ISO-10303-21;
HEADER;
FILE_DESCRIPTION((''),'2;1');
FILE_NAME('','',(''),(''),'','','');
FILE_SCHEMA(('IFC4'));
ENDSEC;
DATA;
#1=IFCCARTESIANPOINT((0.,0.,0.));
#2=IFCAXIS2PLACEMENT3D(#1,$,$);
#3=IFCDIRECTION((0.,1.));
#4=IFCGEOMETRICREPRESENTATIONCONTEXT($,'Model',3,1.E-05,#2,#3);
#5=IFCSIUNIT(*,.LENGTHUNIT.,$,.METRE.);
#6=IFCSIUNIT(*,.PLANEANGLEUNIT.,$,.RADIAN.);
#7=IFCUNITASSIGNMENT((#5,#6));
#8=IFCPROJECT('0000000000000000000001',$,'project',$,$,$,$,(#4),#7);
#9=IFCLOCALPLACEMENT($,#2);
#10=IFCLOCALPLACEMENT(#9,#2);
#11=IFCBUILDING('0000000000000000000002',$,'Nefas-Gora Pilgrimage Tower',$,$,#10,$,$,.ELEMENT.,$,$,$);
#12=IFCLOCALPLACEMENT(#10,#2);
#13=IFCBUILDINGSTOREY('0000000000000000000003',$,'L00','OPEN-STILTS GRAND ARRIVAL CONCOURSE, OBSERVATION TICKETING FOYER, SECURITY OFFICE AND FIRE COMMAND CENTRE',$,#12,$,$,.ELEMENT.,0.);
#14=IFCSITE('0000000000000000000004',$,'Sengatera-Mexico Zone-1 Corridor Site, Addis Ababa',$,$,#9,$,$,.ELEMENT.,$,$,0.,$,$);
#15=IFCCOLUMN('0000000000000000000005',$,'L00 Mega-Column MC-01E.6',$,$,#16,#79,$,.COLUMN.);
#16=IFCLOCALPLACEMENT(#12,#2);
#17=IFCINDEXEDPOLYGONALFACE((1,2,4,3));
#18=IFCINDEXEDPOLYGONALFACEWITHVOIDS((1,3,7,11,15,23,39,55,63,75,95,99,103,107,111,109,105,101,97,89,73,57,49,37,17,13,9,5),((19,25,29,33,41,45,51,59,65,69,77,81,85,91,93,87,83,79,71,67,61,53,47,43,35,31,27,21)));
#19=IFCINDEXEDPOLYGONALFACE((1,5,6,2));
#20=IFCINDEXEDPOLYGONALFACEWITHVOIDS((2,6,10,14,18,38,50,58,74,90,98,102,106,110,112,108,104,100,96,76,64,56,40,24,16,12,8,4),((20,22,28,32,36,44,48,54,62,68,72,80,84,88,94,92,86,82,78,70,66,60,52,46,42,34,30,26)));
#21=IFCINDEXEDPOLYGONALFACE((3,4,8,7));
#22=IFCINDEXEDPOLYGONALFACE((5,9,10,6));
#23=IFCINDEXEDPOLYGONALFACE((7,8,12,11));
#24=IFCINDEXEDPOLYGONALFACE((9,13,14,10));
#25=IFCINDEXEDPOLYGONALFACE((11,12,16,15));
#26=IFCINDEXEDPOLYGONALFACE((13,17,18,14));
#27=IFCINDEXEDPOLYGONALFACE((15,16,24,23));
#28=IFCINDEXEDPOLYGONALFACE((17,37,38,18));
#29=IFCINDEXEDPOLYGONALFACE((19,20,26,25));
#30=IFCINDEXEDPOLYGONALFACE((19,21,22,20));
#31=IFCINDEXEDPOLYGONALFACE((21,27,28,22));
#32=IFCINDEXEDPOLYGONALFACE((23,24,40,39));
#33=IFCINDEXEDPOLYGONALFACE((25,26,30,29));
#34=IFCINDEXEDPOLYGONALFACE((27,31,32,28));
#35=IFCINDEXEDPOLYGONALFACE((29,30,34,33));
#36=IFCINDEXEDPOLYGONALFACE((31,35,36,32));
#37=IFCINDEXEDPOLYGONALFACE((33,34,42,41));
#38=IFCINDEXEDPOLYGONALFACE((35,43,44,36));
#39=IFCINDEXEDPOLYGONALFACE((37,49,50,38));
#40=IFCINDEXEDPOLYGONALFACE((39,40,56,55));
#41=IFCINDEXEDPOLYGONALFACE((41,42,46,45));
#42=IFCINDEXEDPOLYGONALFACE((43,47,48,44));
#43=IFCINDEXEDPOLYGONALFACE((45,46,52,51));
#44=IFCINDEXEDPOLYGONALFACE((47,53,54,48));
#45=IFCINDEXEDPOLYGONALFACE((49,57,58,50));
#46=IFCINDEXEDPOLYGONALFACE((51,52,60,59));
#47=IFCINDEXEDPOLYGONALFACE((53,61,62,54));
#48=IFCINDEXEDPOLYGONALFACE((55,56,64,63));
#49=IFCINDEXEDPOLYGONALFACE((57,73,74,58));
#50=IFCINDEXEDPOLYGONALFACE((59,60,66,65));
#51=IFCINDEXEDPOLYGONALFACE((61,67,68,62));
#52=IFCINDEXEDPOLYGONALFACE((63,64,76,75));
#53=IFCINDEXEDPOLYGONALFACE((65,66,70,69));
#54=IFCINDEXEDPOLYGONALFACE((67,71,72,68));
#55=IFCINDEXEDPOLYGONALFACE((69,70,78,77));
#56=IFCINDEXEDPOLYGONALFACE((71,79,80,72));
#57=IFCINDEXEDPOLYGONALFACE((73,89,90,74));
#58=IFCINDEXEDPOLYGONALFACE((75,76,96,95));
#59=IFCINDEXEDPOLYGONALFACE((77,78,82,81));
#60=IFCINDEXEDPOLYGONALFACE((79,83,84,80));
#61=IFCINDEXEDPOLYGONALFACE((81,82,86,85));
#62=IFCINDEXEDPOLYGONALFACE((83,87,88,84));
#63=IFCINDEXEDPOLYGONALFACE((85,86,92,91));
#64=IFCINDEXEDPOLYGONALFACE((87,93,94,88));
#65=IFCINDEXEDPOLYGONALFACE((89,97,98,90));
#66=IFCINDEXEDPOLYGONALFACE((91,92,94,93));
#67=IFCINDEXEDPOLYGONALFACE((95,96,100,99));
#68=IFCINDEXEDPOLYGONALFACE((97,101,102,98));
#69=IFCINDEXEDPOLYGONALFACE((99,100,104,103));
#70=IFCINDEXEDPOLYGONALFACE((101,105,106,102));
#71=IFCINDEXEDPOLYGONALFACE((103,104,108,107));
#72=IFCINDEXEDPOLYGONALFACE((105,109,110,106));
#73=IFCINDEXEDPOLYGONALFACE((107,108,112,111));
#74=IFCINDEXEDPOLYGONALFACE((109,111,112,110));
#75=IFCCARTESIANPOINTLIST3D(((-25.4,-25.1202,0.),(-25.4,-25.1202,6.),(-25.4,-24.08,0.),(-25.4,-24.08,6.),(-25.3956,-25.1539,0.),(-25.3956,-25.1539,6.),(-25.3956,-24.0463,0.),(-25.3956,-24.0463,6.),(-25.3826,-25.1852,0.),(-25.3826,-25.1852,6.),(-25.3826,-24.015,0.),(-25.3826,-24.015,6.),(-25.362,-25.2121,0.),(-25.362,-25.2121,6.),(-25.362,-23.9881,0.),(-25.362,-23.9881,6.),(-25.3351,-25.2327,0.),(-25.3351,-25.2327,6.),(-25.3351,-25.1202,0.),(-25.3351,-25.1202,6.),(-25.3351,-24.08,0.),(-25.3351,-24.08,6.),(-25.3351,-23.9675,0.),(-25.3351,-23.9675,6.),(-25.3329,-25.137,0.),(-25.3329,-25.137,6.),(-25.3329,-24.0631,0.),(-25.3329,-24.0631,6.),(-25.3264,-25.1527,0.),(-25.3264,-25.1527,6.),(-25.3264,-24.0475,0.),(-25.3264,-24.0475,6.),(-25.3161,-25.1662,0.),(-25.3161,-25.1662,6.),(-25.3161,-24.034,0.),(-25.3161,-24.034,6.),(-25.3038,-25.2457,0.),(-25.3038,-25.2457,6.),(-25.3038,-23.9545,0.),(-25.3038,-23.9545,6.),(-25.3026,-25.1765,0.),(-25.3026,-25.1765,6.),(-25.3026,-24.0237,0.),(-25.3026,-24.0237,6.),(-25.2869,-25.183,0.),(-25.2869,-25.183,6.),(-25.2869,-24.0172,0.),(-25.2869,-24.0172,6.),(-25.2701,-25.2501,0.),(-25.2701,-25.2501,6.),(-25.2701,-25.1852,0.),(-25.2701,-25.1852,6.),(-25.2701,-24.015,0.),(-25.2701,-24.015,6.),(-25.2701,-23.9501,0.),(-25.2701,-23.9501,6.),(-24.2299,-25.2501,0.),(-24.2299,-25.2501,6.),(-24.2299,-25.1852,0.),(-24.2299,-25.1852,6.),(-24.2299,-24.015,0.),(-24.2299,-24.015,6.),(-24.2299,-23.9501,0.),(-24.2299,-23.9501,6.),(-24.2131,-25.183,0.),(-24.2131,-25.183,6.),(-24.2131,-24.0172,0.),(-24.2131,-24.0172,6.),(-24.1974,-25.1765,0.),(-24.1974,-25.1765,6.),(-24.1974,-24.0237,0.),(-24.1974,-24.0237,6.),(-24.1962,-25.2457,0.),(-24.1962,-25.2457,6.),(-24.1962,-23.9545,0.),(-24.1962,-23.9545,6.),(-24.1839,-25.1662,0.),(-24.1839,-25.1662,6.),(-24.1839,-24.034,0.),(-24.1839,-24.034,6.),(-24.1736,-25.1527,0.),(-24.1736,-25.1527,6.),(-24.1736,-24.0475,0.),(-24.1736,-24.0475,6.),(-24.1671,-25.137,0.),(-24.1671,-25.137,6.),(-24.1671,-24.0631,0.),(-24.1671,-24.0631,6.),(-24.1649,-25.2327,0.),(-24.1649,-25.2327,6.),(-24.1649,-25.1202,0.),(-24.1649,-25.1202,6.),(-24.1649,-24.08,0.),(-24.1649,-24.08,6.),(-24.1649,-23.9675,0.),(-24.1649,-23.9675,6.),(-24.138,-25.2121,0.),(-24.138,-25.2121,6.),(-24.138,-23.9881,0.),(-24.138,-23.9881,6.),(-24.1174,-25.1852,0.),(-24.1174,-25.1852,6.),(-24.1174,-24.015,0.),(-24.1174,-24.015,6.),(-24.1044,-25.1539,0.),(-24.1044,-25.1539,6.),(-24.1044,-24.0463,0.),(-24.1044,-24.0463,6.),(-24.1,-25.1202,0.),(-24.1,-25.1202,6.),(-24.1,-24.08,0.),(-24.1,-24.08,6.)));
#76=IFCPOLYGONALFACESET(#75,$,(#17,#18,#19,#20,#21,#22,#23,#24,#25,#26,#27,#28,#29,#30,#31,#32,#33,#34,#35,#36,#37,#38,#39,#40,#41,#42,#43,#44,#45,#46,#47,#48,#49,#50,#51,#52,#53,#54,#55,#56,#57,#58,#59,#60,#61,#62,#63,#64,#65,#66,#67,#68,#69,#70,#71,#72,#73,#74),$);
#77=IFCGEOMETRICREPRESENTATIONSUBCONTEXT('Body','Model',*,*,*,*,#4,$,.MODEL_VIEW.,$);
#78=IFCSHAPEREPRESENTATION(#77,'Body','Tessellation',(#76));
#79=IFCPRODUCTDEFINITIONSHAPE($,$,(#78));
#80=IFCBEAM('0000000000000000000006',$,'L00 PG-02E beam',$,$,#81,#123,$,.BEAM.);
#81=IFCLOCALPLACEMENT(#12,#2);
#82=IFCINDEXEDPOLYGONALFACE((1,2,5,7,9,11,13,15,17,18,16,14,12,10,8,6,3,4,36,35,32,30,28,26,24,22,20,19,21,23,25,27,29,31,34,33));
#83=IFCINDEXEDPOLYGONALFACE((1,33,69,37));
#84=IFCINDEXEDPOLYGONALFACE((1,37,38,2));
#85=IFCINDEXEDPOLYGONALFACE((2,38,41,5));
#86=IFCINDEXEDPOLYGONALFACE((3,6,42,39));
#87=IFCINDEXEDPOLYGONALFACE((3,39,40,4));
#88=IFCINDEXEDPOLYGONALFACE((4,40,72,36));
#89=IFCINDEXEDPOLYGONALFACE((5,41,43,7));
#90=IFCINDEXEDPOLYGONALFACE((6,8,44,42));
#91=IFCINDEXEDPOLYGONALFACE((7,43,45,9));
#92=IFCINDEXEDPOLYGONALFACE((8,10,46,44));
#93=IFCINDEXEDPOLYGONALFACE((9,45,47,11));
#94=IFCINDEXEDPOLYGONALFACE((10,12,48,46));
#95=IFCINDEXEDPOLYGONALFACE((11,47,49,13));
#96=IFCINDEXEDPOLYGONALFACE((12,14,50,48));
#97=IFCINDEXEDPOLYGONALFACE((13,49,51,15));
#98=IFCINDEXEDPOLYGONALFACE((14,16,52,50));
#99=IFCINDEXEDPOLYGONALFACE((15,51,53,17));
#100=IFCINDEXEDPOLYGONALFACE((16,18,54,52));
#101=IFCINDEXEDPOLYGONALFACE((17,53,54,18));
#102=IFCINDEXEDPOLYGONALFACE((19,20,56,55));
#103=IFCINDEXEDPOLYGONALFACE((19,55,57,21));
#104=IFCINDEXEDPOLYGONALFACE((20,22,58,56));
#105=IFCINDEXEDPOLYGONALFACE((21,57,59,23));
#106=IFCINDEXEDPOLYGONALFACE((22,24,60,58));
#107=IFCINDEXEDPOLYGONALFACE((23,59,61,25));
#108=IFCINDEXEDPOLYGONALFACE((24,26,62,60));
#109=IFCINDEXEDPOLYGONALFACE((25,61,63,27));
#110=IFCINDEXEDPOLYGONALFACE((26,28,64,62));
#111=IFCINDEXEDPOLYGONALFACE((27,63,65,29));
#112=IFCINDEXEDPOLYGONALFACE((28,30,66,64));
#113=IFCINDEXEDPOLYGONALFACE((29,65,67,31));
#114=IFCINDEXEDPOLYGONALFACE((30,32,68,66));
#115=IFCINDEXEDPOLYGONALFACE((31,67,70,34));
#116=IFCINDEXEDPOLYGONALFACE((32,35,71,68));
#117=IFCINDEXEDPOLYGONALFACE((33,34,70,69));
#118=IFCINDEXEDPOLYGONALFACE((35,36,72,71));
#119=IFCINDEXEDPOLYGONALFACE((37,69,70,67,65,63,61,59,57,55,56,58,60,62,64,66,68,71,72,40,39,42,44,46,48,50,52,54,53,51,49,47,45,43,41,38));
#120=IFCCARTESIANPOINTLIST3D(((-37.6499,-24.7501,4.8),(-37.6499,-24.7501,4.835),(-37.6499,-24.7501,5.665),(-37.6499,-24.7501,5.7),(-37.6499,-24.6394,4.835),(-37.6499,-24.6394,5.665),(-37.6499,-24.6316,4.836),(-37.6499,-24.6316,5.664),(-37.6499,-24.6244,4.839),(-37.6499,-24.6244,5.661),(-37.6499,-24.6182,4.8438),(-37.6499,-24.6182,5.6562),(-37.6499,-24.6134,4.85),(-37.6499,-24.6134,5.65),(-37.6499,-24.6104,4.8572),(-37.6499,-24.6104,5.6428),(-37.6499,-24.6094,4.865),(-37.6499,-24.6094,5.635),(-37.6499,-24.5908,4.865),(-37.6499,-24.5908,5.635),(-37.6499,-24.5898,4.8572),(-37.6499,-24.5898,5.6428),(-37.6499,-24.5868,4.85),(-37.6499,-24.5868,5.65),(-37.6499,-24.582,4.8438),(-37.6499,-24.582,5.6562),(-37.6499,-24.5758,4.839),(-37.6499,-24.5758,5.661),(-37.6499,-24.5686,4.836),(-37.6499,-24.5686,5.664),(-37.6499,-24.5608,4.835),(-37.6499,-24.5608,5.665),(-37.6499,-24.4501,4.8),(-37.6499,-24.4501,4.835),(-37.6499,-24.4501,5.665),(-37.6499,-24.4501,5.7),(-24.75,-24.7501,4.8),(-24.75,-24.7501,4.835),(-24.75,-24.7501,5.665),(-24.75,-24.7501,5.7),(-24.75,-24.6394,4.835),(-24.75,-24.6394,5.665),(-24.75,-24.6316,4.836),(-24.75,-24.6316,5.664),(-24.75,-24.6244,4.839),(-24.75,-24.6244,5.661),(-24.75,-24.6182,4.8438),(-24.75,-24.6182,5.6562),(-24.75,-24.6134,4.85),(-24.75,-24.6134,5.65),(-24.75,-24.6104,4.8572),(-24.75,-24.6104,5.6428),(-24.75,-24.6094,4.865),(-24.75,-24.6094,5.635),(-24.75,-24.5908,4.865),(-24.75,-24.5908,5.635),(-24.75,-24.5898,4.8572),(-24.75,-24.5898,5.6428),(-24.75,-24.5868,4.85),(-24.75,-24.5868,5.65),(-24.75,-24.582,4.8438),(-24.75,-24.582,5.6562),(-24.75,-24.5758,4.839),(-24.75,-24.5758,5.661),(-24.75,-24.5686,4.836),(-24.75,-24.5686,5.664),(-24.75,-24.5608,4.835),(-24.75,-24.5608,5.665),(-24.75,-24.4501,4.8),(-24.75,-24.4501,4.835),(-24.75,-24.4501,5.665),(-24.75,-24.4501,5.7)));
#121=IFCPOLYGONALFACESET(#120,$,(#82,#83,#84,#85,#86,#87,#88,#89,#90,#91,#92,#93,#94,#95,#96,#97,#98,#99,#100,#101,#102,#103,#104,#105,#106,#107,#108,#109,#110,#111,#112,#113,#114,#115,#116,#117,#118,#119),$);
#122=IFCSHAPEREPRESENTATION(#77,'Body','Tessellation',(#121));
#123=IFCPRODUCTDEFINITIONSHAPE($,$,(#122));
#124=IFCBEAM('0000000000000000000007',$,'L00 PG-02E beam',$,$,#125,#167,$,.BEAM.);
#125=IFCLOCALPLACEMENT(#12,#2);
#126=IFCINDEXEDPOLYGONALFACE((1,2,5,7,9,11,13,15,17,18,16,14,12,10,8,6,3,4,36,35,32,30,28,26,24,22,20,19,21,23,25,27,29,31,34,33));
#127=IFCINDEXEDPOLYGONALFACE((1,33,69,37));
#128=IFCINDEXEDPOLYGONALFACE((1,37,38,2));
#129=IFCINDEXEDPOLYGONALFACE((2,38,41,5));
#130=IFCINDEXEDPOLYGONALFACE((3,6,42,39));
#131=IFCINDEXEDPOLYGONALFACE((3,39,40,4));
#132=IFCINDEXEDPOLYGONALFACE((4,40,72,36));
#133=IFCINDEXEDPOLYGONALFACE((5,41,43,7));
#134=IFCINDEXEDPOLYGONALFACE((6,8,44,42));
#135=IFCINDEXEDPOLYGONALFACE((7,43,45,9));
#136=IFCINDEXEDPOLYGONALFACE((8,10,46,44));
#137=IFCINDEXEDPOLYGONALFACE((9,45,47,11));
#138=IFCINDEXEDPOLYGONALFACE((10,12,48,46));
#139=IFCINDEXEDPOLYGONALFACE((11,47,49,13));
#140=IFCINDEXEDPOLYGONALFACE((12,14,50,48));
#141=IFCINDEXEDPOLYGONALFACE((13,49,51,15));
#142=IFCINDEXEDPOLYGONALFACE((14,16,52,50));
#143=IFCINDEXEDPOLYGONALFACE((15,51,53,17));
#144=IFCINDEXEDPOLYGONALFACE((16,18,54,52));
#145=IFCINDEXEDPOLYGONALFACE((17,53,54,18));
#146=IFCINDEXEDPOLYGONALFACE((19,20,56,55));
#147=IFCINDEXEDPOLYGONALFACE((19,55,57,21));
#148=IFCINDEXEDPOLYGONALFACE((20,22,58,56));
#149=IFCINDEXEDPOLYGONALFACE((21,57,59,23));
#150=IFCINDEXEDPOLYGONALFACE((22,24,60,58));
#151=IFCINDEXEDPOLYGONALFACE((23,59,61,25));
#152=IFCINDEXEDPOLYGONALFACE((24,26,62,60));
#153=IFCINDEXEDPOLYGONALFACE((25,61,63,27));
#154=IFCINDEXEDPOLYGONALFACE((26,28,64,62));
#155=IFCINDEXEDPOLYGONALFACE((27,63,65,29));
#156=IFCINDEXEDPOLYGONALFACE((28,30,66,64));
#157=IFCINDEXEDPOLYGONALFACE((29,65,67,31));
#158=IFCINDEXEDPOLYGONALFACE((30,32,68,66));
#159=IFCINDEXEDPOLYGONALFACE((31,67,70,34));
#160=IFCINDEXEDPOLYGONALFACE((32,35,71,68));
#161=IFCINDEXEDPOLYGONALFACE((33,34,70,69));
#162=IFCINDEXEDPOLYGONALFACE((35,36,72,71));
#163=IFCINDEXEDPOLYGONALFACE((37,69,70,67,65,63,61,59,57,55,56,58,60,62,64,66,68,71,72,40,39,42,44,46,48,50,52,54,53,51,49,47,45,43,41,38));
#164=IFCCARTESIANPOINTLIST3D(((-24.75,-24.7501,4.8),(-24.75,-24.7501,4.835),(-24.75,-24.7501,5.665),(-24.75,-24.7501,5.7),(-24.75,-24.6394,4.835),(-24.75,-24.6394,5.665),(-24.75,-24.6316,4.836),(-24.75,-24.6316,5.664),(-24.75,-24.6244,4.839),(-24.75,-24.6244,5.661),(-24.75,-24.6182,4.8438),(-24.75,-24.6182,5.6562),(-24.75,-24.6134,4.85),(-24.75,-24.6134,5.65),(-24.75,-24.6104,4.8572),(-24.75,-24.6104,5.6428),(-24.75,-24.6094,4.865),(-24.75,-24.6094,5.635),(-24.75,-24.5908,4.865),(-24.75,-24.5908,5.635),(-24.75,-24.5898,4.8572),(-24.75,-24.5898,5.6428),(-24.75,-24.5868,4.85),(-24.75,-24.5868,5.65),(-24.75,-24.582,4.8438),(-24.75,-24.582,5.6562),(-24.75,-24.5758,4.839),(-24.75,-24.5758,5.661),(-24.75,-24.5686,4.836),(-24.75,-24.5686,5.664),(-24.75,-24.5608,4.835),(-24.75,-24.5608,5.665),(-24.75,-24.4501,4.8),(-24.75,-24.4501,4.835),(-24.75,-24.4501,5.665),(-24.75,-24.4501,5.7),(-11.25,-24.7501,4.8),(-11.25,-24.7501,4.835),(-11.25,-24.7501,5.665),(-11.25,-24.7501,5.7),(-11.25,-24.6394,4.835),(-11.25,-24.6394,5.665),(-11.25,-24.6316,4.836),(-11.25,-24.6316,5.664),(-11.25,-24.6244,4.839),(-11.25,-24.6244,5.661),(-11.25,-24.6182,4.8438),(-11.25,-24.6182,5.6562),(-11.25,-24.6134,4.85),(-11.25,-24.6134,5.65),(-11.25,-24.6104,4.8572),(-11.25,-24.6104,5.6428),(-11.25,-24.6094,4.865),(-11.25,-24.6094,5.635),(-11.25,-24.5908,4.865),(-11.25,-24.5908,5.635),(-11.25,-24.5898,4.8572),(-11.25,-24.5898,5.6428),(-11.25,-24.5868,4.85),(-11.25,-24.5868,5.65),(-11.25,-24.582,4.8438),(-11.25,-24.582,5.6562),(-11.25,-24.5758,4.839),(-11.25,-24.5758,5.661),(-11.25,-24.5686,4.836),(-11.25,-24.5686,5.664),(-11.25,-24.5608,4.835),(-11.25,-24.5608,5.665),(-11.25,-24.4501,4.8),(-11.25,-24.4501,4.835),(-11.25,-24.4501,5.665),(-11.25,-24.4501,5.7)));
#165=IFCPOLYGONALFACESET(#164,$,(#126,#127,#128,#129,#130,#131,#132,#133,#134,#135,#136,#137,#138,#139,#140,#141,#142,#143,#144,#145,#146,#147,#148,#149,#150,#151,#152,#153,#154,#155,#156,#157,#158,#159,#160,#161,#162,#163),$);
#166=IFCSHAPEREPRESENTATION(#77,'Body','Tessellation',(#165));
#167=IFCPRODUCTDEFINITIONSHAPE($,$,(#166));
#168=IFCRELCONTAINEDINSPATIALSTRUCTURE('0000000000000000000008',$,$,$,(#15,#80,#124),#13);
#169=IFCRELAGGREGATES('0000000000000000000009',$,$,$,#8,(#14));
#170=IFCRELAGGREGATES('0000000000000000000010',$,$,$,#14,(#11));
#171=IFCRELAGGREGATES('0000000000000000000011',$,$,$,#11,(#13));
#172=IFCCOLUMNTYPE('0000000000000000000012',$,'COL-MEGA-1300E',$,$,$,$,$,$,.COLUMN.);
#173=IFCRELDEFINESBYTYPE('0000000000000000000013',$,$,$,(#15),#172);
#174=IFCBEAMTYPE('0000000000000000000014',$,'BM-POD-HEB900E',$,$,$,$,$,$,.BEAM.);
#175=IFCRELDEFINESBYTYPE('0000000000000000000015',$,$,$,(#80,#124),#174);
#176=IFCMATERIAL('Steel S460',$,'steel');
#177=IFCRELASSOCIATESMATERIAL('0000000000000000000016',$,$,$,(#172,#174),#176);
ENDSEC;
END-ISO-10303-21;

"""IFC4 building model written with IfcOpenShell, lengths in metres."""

from ifc_helpers import new_model, si_unit, direction, frame, origin, origin_2d, place, context, subcontext, project, spatial, hollow_rectangle, i_section, extrude, source, transform, mapped, material, material_profile, profile_set, type_object, element, save


model = new_model("IFC4")

# Units and contexts
model_context = context("Model", 3, precision=1e-05, world=origin(), true_north=direction((0.0, 1.0)))
body_context = subcontext(model_context, "Body", "Model", "MODEL_VIEW")
ifc_project = project(units=[si_unit("LENGTHUNIT", "METRE"), si_unit("PLANEANGLEUNIT", "RADIAN")], contexts=[model_context])

# Site, building, storey
site_placement = place(None, origin())
site = spatial("IfcSite", under=ifc_project, at=site_placement, Name="Sengatera-Mexico Zone-1 Corridor Site, Addis Ababa", CompositionType="ELEMENT", RefElevation=0.0)
building_placement = place(site_placement, origin())
building = spatial("IfcBuilding", under=site, at=building_placement, Name="Nefas-Gora Pilgrimage Tower", CompositionType="ELEMENT")
storey_placement = place(building_placement, origin())
storey = spatial("IfcBuildingStorey", under=building, at=storey_placement, Name="L00", Description="OPEN-STILTS GRAND ARRIVAL CONCOURSE, OBSERVATION TICKETING FOYER, SECURITY OFFICE AND FIRE COMMAND CENTRE", CompositionType="ELEMENT", Elevation=0.0)

# Column
ifc_material_1 = material(Name="Steel S460", Category="steel")
ifc_material_profile_1 = material_profile(ifc_material_1, hollow_rectangle(XDim=1.3, YDim=1.3, WallThickness=0.0649, InnerFilletRadius=0.0649, OuterFilletRadius=0.1299, at=origin_2d()), Name="BOX 1300x1300x65")
ifc_profile_set_1 = profile_set([ifc_material_profile_1], Name="Steel S460")
column_type = type_object("IfcColumnType", Name="COL-MEGA-1300E", PredefinedType="COLUMN", material=ifc_profile_set_1)
shared_shape_1 = source(origin(), body_context, "Body", "SweptSolid", [
    extrude(hollow_rectangle(XDim=1.3, YDim=1.3, WallThickness=0.0649, InnerFilletRadius=0.0649, OuterFilletRadius=0.1299, at=origin_2d()), origin(), (0.0, 0.0, 1.0), 6.0),
])
for number, where, z_axis, x_axis, name in (
    (1, (-24.75, -24.6001, 0.0), (0.0, 0.0, 1.0), (1.0, 0.0, 0.0), "L00 Mega-Column MC-01E.6"),
):
    element("IfcColumn", number, at=place(storey_placement, frame(where, z_axis=z_axis, x_axis=x_axis)), inside=storey, type_object=column_type, Name=name, PredefinedType="COLUMN", context=body_context, shape_type="MappedRepresentation", body=[
        mapped(shared_shape_1, transform((0.0, 0.0, 0.0), x_axis=(1.0, 0.0, 0.0), y_axis=(0.0, 1.0, 0.0), z_axis=(0.0, 0.0, 1.0), scale=1.0)),
    ])

# Beams
ifc_material_profile_2 = material_profile(ifc_material_1, i_section(OverallWidth=0.3, OverallDepth=0.8999, WebThickness=0.0186, FlangeThickness=0.0349, FilletRadius=0.03, at=origin_2d()), Name="HEB 900")
ifc_profile_set_2 = profile_set([ifc_material_profile_2], Name="Steel S460")
beam_type_1 = type_object("IfcBeamType", Name="BM-POD-HEB900E", PredefinedType="BEAM", material=ifc_profile_set_2)
shared_shape_2 = source(origin(), body_context, "Body", "SweptSolid", [
    extrude(i_section(OverallWidth=0.3, OverallDepth=0.8999, WebThickness=0.0186, FlangeThickness=0.0349, FilletRadius=0.03, at=origin_2d()), origin(), (0.0, 0.0, 1.0), 12.8999),
])
beam_1_placement = place(storey_placement, frame((-37.6499, -24.6001, 5.25), z_axis=(1.0, 0.0, 0.0), x_axis=(0.0, 1.0, 0.0)))
element("IfcBeam", 2, at=beam_1_placement, inside=storey, type_object=beam_type_1, Name="L00 PG-02E beam", PredefinedType="BEAM", context=body_context, shape_type="MappedRepresentation", body=[
    mapped(shared_shape_2, transform((0.0, 0.0, 0.0), x_axis=(1.0, 0.0, 0.0), y_axis=(0.0, 1.0, 0.0), z_axis=(0.0, 0.0, 1.0), scale=1.0)),
])
shared_shape_3 = source(origin(), body_context, "Body", "SweptSolid", [
    extrude(i_section(OverallWidth=0.3, OverallDepth=0.8999, WebThickness=0.0186, FlangeThickness=0.0349, FilletRadius=0.03, at=origin_2d()), origin(), (0.0, 0.0, 1.0), 13.5),
])
for number, where, z_axis, x_axis, name in (
    (3, (-24.75, -24.6001, 5.25), (1.0, 0.0, 0.0), (0.0, 1.0, 0.0), "L00 PG-02E beam"),
):
    element("IfcBeam", number, at=place(storey_placement, frame(where, z_axis=z_axis, x_axis=x_axis)), inside=storey, type_object=beam_type_1, Name=name, PredefinedType="BEAM", context=body_context, shape_type="MappedRepresentation", body=[
        mapped(shared_shape_3, transform((0.0, 0.0, 0.0), x_axis=(1.0, 0.0, 0.0), y_axis=(0.0, 1.0, 0.0), z_axis=(0.0, 0.0, 1.0), scale=1.0)),
    ])

save(model, "model.ifc")
